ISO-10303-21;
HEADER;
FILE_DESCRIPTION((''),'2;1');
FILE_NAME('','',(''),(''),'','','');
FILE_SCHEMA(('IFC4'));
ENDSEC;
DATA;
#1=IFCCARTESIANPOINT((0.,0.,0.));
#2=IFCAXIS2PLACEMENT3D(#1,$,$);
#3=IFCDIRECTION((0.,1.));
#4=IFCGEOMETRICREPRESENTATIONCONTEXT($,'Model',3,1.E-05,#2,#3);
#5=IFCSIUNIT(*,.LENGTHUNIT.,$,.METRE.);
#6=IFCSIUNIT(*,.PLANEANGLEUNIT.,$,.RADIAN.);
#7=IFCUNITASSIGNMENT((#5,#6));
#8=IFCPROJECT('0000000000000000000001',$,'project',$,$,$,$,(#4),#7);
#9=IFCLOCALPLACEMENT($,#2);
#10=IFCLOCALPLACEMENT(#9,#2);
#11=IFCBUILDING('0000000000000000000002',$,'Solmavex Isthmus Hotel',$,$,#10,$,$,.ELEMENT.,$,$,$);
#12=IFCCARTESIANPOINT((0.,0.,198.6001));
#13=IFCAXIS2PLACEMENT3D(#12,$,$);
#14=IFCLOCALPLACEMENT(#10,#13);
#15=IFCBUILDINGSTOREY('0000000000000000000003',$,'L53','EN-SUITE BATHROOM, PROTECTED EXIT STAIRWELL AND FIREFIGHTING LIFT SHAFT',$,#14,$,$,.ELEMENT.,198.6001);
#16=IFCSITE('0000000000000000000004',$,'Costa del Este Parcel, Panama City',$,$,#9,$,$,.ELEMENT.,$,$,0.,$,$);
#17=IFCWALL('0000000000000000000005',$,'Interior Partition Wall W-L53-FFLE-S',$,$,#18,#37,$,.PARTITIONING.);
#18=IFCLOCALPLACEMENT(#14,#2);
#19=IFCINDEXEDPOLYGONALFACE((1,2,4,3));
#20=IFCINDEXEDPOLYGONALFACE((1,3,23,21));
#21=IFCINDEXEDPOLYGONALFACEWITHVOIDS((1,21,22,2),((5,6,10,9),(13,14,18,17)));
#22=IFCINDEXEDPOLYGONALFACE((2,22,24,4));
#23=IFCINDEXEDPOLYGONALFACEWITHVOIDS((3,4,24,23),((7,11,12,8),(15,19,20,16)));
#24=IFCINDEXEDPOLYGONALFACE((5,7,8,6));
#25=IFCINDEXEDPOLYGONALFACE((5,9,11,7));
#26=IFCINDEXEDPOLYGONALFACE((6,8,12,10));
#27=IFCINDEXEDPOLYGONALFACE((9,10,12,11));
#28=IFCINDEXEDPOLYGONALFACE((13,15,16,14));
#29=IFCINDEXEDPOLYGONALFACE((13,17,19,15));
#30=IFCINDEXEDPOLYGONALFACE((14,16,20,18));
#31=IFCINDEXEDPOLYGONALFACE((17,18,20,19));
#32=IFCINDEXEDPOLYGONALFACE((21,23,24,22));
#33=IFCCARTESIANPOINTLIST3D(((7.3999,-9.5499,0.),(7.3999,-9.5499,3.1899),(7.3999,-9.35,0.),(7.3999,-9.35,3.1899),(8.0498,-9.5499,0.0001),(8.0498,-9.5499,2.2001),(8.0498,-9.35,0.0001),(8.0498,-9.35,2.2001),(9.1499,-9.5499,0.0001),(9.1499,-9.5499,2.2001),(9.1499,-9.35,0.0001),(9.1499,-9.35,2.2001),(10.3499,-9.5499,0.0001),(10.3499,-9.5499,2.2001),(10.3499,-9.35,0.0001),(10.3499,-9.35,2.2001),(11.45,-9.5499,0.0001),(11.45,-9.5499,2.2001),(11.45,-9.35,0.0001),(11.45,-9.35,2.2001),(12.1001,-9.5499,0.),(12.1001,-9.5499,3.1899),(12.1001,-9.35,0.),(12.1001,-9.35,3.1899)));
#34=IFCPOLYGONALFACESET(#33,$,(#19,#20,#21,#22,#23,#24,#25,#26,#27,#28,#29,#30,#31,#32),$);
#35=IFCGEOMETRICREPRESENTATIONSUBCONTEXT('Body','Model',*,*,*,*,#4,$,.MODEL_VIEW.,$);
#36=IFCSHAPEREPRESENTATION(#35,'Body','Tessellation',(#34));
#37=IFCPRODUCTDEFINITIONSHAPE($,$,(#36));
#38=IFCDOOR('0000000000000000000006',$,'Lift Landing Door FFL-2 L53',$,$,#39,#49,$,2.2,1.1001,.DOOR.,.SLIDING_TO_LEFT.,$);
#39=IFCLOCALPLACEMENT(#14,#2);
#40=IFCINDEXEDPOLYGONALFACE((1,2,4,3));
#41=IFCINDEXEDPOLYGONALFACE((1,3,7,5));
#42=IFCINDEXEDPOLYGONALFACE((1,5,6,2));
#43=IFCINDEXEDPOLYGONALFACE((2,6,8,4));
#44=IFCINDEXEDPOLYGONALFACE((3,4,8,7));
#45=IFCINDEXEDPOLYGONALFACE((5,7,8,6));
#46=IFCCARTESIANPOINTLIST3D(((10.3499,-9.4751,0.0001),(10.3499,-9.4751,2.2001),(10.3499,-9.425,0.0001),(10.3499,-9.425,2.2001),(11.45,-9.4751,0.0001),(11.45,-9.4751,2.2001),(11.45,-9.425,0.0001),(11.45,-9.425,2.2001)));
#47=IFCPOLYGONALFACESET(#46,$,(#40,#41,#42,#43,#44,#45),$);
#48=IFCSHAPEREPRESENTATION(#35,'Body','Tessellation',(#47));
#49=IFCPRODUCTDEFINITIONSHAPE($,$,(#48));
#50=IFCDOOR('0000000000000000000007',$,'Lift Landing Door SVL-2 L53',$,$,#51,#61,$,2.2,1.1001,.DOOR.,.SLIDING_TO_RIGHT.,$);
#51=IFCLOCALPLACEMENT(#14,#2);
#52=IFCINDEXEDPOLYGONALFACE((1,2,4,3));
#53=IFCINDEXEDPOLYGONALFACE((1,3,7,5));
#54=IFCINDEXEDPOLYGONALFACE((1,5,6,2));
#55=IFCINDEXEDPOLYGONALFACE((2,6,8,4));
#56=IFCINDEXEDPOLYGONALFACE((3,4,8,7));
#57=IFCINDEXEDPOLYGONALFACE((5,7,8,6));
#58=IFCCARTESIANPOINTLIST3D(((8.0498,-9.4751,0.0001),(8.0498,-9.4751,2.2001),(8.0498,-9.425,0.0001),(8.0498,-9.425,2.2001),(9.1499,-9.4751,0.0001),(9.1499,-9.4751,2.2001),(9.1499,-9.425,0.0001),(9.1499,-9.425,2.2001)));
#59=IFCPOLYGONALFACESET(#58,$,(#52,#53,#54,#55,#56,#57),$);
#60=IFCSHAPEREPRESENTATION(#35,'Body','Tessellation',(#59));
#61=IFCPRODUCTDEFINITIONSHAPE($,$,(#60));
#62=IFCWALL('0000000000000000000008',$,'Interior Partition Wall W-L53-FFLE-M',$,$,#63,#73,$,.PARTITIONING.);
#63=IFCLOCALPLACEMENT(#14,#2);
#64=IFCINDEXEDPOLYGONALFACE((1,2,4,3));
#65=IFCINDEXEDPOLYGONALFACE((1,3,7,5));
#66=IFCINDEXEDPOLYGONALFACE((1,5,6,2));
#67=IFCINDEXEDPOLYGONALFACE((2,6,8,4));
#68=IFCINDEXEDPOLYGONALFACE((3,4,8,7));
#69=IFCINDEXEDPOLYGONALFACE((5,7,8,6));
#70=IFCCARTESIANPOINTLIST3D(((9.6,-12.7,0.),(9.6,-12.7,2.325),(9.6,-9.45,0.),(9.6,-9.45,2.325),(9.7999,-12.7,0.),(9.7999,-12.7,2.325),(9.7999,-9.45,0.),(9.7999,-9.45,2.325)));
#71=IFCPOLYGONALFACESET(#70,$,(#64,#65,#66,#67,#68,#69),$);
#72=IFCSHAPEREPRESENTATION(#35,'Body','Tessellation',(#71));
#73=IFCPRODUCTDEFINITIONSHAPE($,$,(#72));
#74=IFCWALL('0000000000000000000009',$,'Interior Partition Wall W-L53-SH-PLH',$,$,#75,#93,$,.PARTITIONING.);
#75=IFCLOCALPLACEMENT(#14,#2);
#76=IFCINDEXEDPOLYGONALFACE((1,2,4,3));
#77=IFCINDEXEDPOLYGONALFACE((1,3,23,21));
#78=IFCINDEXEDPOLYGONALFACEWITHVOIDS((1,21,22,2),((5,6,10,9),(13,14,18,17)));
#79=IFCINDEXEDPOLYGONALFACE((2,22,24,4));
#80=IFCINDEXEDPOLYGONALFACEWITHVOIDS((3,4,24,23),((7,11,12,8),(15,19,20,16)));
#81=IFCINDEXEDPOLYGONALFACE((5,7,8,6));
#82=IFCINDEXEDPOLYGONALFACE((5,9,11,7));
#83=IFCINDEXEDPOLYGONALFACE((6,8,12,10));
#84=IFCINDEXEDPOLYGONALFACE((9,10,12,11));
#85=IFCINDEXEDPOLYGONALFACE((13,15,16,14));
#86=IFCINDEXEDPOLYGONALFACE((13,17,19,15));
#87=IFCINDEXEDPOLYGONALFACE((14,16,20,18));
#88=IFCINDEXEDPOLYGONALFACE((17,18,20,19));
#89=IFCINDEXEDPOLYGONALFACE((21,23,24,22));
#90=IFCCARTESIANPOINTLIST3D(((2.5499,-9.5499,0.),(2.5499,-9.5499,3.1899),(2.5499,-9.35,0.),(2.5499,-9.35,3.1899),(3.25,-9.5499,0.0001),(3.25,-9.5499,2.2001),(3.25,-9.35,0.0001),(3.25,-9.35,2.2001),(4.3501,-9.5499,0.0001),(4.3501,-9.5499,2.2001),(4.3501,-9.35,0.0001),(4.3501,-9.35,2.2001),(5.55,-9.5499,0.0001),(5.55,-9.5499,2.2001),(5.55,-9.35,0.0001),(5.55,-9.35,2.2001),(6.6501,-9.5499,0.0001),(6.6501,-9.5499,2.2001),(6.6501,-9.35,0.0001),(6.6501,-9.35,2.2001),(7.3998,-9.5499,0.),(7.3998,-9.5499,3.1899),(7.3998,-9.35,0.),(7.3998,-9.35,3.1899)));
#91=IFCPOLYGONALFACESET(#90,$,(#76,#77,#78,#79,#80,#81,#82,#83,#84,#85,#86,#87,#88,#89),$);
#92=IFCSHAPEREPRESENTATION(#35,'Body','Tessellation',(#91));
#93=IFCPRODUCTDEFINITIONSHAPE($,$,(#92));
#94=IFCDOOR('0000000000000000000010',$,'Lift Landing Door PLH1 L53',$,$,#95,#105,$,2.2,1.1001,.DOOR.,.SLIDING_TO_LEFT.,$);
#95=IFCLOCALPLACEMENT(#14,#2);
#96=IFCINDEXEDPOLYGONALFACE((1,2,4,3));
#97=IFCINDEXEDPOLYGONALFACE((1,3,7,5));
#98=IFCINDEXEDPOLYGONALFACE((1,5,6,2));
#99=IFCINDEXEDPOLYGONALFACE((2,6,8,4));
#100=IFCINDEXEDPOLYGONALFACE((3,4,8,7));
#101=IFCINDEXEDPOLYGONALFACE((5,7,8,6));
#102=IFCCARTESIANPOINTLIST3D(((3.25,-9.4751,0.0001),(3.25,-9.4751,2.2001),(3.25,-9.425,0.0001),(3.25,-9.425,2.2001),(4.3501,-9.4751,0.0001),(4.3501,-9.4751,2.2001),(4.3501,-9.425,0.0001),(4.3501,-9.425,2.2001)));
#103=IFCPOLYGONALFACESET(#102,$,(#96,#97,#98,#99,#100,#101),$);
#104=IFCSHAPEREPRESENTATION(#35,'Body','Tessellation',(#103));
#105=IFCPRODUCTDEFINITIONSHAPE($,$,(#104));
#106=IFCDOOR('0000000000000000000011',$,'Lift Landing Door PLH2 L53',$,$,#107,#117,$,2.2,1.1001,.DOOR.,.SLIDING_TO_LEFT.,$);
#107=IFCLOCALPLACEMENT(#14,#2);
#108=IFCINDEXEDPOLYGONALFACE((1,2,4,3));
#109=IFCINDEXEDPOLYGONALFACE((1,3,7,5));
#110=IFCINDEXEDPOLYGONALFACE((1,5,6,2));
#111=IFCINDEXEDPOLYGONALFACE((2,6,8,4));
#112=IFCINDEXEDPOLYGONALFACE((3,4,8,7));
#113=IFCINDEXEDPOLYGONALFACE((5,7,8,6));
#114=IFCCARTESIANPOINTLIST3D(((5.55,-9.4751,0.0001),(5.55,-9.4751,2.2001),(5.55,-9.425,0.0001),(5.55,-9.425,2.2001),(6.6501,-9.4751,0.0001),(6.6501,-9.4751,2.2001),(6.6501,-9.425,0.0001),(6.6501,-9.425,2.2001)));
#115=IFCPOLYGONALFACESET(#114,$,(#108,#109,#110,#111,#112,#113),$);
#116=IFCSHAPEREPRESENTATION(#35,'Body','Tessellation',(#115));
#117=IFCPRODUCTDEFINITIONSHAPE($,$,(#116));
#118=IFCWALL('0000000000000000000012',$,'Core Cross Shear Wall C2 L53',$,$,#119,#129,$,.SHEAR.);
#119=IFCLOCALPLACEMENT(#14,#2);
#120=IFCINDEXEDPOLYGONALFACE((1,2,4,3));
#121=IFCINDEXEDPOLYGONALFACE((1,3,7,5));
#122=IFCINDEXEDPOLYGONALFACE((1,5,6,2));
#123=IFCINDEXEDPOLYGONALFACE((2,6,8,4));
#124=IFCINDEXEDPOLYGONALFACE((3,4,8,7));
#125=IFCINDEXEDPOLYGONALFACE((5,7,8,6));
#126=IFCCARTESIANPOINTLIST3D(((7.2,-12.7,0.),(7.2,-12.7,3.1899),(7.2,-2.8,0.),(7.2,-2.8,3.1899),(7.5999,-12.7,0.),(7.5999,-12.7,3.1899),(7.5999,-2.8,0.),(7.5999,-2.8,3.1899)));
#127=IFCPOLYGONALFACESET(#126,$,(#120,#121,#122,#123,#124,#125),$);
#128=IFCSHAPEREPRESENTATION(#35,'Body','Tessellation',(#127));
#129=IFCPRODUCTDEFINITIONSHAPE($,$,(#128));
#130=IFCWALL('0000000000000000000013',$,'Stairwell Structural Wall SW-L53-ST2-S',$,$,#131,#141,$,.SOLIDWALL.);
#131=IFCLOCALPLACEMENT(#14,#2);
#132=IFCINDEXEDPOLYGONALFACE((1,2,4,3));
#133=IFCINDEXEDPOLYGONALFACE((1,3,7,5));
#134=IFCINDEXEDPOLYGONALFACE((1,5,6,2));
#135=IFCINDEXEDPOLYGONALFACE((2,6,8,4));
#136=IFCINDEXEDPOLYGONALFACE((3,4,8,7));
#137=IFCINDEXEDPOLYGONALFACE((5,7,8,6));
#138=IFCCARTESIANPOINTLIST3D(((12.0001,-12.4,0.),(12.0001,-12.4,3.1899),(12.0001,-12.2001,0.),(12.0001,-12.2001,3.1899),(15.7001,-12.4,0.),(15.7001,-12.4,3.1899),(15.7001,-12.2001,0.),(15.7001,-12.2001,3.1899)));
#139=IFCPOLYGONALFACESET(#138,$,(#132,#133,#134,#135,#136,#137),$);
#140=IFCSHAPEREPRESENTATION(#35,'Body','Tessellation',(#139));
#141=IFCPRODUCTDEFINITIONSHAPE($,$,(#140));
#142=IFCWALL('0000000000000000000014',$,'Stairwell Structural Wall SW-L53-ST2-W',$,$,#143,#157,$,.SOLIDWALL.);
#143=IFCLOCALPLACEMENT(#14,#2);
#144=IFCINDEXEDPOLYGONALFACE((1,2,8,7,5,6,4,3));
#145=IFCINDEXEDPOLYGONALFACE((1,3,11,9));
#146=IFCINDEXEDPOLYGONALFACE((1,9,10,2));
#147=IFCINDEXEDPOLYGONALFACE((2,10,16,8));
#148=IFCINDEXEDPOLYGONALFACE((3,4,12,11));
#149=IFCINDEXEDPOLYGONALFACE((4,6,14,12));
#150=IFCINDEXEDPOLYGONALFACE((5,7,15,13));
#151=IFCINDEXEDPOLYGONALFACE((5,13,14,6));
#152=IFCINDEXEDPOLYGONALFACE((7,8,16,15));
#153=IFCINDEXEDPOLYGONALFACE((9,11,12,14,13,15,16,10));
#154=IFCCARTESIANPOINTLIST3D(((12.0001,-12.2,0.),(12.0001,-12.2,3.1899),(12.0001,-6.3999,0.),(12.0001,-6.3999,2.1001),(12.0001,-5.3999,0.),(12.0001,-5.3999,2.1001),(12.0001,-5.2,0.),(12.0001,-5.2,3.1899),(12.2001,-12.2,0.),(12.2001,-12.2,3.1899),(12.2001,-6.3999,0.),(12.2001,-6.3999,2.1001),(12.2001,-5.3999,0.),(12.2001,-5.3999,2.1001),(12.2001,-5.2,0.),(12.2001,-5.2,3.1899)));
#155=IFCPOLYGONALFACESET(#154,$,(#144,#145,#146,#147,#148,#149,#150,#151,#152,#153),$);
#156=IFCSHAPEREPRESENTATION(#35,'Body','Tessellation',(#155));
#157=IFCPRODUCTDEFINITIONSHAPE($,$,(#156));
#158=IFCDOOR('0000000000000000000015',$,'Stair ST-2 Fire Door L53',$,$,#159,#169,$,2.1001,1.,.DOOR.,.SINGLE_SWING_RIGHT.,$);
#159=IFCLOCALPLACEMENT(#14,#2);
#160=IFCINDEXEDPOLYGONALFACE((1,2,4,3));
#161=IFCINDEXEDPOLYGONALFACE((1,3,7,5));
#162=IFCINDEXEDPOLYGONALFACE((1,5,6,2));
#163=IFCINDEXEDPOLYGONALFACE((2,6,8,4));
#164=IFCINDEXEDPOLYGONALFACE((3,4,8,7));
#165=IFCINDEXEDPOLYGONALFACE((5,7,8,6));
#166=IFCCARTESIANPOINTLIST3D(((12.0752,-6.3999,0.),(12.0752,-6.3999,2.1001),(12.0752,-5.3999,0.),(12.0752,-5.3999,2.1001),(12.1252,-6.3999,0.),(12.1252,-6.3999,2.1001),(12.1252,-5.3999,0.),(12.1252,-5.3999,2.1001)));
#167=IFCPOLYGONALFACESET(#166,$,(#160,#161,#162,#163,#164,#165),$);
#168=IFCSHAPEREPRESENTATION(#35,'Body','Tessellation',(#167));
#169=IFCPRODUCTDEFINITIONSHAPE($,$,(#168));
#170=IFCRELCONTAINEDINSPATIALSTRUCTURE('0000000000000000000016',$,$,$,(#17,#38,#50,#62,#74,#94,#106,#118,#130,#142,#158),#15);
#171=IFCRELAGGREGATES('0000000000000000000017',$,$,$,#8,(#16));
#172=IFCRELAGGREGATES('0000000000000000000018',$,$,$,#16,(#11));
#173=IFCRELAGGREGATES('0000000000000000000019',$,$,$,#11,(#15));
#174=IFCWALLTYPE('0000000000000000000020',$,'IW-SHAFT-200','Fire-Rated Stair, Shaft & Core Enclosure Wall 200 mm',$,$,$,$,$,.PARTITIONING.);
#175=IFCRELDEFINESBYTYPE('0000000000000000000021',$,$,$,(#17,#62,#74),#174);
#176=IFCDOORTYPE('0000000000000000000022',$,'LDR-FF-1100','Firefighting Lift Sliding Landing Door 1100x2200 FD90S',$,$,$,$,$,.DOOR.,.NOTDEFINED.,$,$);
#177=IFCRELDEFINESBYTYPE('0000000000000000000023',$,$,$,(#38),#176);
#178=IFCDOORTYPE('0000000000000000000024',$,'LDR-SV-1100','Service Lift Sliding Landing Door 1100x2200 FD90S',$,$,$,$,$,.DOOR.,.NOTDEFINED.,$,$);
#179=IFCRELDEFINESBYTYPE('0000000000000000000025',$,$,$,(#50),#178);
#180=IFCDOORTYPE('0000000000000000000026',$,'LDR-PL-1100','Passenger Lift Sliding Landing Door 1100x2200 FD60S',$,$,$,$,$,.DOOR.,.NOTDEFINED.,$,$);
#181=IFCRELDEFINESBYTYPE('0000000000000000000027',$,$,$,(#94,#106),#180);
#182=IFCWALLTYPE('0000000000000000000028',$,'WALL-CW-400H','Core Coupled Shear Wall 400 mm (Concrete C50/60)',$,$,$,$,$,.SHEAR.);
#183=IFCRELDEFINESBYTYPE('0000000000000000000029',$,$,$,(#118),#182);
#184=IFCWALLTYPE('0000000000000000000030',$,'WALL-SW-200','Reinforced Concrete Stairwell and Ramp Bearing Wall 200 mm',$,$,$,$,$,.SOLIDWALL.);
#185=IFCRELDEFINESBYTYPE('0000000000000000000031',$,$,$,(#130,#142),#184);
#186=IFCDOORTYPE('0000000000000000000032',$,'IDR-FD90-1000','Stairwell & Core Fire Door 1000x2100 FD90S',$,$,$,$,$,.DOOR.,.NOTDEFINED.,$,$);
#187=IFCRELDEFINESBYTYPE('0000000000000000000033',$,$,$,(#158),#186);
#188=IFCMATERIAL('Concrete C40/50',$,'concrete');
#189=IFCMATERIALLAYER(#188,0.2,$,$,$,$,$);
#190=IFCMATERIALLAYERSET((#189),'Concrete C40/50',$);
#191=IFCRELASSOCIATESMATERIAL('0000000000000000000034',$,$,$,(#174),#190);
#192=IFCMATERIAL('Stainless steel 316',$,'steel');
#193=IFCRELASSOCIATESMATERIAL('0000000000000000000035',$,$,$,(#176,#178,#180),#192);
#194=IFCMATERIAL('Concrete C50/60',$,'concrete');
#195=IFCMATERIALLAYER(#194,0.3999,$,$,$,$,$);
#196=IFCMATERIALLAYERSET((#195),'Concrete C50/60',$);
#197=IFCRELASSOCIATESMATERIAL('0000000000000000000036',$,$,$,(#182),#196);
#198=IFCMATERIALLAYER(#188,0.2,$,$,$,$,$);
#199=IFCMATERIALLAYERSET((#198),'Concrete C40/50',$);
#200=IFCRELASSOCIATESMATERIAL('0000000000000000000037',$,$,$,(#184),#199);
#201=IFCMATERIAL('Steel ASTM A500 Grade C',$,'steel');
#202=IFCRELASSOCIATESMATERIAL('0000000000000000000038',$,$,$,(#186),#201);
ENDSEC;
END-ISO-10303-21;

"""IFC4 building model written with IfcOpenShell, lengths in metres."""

from ifc_helpers import new_model, si_unit, direction, frame, frame_2d, origin, place, context, subcontext, project, spatial, rectangle, extrude, material, layer, layer_set, type_object, element, fill, save


model = new_model("IFC4")

# Units and contexts
model_context = context("Model", 3, precision=1e-05, world=origin(), true_north=direction((0.0, 1.0)))
body_context = subcontext(model_context, "Body", "Model", "MODEL_VIEW")
ifc_project = project(units=[si_unit("LENGTHUNIT", "METRE"), si_unit("PLANEANGLEUNIT", "RADIAN")], contexts=[model_context])

# Site, building, storey
site_placement = place(None, origin())
site = spatial("IfcSite", under=ifc_project, at=site_placement, Name="Costa del Este Parcel, Panama City", CompositionType="ELEMENT", RefElevation=0.0)
building_placement = place(site_placement, origin())
building = spatial("IfcBuilding", under=site, at=building_placement, Name="Solmavex Isthmus Hotel", CompositionType="ELEMENT")
storey_placement = place(building_placement, frame((0.0, 0.0, 198.6001)))
storey = spatial("IfcBuildingStorey", under=building, at=storey_placement, Name="L53", Description="EN-SUITE BATHROOM, PROTECTED EXIT STAIRWELL AND FIREFIGHTING LIFT SHAFT", CompositionType="ELEMENT", Elevation=198.6001)

# Shared definitions
ifc_material_1 = material(Name="Concrete C50/60", Category="concrete")

# Shared definitions
ifc_material_2 = material(Name="Steel ASTM A500 Grade C", Category="steel")

# Shared definitions
ifc_material_3 = material(Name="Concrete C40/50", Category="concrete")

# Wall, openings, doors
ifc_layer_1 = layer(ifc_material_3, 0.2)
ifc_layer_set_1 = layer_set([ifc_layer_1], Name="Concrete C40/50")
wall_type_1 = type_object("IfcWallType", Name="IW-SHAFT-200", Description="Fire-Rated Stair, Shaft & Core Enclosure Wall 200 mm", PredefinedType="PARTITIONING", material=ifc_layer_set_1)
wall_1_placement = place(storey_placement, frame((7.3999, -9.45, 0.0), z_axis=(0.0, 0.0, 1.0), x_axis=(1.0, 0.0, 0.0)))
wall_1 = element("IfcWall", 1, at=wall_1_placement, inside=storey, type_object=wall_type_1, Name="Interior Partition Wall W-L53-FFLE-S", PredefinedType="PARTITIONING", context=body_context, shape_type="SweptSolid", body=[
    extrude(rectangle(XDim=4.7002, YDim=0.2, at=frame_2d((2.3501, 0.0))), origin(), (0.0, 0.0, 1.0), 3.1899),
])
opening_1_placement = place(wall_1_placement, frame((2.95, 0.0, 0.0)))
opening_1 = element("IfcOpeningElement", 2, at=opening_1_placement, cuts=wall_1, PredefinedType="OPENING", context=body_context, shape_type="SweptSolid", body=[
    extrude(rectangle(XDim=1.1001, YDim=2.2, at=frame_2d((0.55, 1.1001))), frame((0.0, 0.1099, 0.0), z_axis=(0.0, -1.0, 0.0), x_axis=(1.0, 0.0, 0.0)), (0.0, 0.0, 1.0), 0.22),
])
opening_2_placement = place(wall_1_placement, frame((0.6499, 0.0, 0.0)))
opening_2 = element("IfcOpeningElement", 3, at=opening_2_placement, cuts=wall_1, PredefinedType="OPENING", context=body_context, shape_type="SweptSolid", body=[
    extrude(rectangle(XDim=1.1001, YDim=2.2, at=frame_2d((0.55, 1.1001))), frame((0.0, 0.1099, 0.0), z_axis=(0.0, -1.0, 0.0), x_axis=(1.0, 0.0, 0.0)), (0.0, 0.0, 1.0), 0.22),
])
ifc_material_4 = material(Name="Stainless steel 316", Category="steel")
door_type_1 = type_object("IfcDoorType", Name="LDR-FF-1100", Description="Firefighting Lift Sliding Landing Door 1100x2200 FD90S", OperationType="NOTDEFINED", PredefinedType="DOOR", material=ifc_material_4)
door_1_placement = place(opening_1_placement, origin())
door_1 = element("IfcDoor", 4, at=door_1_placement, inside=storey, type_object=door_type_1, Name="Lift Landing Door FFL-2 L53", OperationType="SLIDING_TO_LEFT", OverallHeight=2.2, OverallWidth=1.1001, PredefinedType="DOOR", context=body_context, shape_type="SweptSolid", body=[
    extrude(rectangle(XDim=1.1001, YDim=2.2, at=frame_2d((0.55, 1.1001))), frame((0.0, 0.0249, 0.0), z_axis=(0.0, -1.0, 0.0), x_axis=(1.0, 0.0, 0.0)), (0.0, 0.0, 1.0), 0.05),
])
fill(opening_1, door_1)
door_type_2 = type_object("IfcDoorType", Name="LDR-SV-1100", Description="Service Lift Sliding Landing Door 1100x2200 FD90S", OperationType="NOTDEFINED", PredefinedType="DOOR", material=ifc_material_4)
door_2_placement = place(opening_2_placement, origin())
door_2 = element("IfcDoor", 5, at=door_2_placement, inside=storey, type_object=door_type_2, Name="Lift Landing Door SVL-2 L53", OperationType="SLIDING_TO_RIGHT", OverallHeight=2.2, OverallWidth=1.1001, PredefinedType="DOOR", context=body_context, shape_type="SweptSolid", body=[
    extrude(rectangle(XDim=1.1001, YDim=2.2, at=frame_2d((0.55, 1.1001))), frame((0.0, 0.0249, 0.0), z_axis=(0.0, -1.0, 0.0), x_axis=(1.0, 0.0, 0.0)), (0.0, 0.0, 1.0), 0.05),
])
fill(opening_2, door_2)

# Wall
wall_2_placement = place(storey_placement, frame((9.7, -12.7, 0.0), z_axis=(0.0, 0.0, 1.0), x_axis=(0.0, 1.0, 0.0)))
element("IfcWall", 6, at=wall_2_placement, inside=storey, type_object=wall_type_1, Name="Interior Partition Wall W-L53-FFLE-M", PredefinedType="PARTITIONING", context=body_context, shape_type="SweptSolid", body=[
    extrude(rectangle(XDim=3.25, YDim=0.2, at=frame_2d((1.625, 0.0))), origin(), (0.0, 0.0, 1.0), 2.325),
])

# Wall, openings, doors
wall_3_placement = place(storey_placement, frame((2.55, -9.45, 0.0), z_axis=(0.0, 0.0, 1.0), x_axis=(1.0, 0.0, 0.0)))
wall_3 = element("IfcWall", 7, at=wall_3_placement, inside=storey, type_object=wall_type_1, Name="Interior Partition Wall W-L53-SH-PLH", PredefinedType="PARTITIONING", context=body_context, shape_type="SweptSolid", body=[
    extrude(rectangle(XDim=4.8499, YDim=0.2, at=frame_2d((2.4248, 0.0))), origin(), (0.0, 0.0, 1.0), 3.1899),
])
opening_3_placement = place(wall_3_placement, frame((0.7, 0.0, 0.0)))
opening_3 = element("IfcOpeningElement", 8, at=opening_3_placement, cuts=wall_3, PredefinedType="OPENING", context=body_context, shape_type="SweptSolid", body=[
    extrude(rectangle(XDim=1.1001, YDim=2.2, at=frame_2d((0.55, 1.1001))), frame((0.0, 0.1099, 0.0), z_axis=(0.0, -1.0, 0.0), x_axis=(1.0, 0.0, 0.0)), (0.0, 0.0, 1.0), 0.22),
])
opening_4_placement = place(wall_3_placement, frame((3.0, 0.0, 0.0)))
opening_4 = element("IfcOpeningElement", 9, at=opening_4_placement, cuts=wall_3, PredefinedType="OPENING", context=body_context, shape_type="SweptSolid", body=[
    extrude(rectangle(XDim=1.1001, YDim=2.2, at=frame_2d((0.55, 1.1001))), frame((0.0, 0.1099, 0.0), z_axis=(0.0, -1.0, 0.0), x_axis=(1.0, 0.0, 0.0)), (0.0, 0.0, 1.0), 0.22),
])
door_type_3 = type_object("IfcDoorType", Name="LDR-PL-1100", Description="Passenger Lift Sliding Landing Door 1100x2200 FD60S", OperationType="NOTDEFINED", PredefinedType="DOOR", material=ifc_material_4)
door_3_placement = place(opening_3_placement, origin())
door_3 = element("IfcDoor", 10, at=door_3_placement, inside=storey, type_object=door_type_3, Name="Lift Landing Door PLH1 L53", OperationType="SLIDING_TO_LEFT", OverallHeight=2.2, OverallWidth=1.1001, PredefinedType="DOOR", context=body_context, shape_type="SweptSolid", body=[
    extrude(rectangle(XDim=1.1001, YDim=2.2, at=frame_2d((0.55, 1.1001))), frame((0.0, 0.0249, 0.0), z_axis=(0.0, -1.0, 0.0), x_axis=(1.0, 0.0, 0.0)), (0.0, 0.0, 1.0), 0.05),
])
fill(opening_3, door_3)
door_4_placement = place(opening_4_placement, origin())
door_4 = element("IfcDoor", 11, at=door_4_placement, inside=storey, type_object=door_type_3, Name="Lift Landing Door PLH2 L53", OperationType="SLIDING_TO_LEFT", OverallHeight=2.2, OverallWidth=1.1001, PredefinedType="DOOR", context=body_context, shape_type="SweptSolid", body=[
    extrude(rectangle(XDim=1.1001, YDim=2.2, at=frame_2d((0.55, 1.1001))), frame((0.0, 0.0249, 0.0), z_axis=(0.0, -1.0, 0.0), x_axis=(1.0, 0.0, 0.0)), (0.0, 0.0, 1.0), 0.05),
])
fill(opening_4, door_4)

# Walls
ifc_layer_2 = layer(ifc_material_1, 0.3999)
ifc_layer_set_2 = layer_set([ifc_layer_2], Name="Concrete C50/60")
wall_type_2 = type_object("IfcWallType", Name="WALL-CW-400H", Description="Core Coupled Shear Wall 400 mm (Concrete C50/60)", PredefinedType="SHEAR", material=ifc_layer_set_2)
wall_4_placement = place(storey_placement, frame((7.3999, -12.7, 0.0), z_axis=(0.0, 0.0, 1.0), x_axis=(0.0, 1.0, 0.0)))
element("IfcWall", 12, at=wall_4_placement, inside=storey, type_object=wall_type_2, Name="Core Cross Shear Wall C2 L53", PredefinedType="SHEAR", context=body_context, shape_type="SweptSolid", body=[
    extrude(rectangle(XDim=9.8999, YDim=0.3999, at=frame_2d((4.95, 0.0))), origin(), (0.0, 0.0, 1.0), 3.1899),
])
ifc_layer_3 = layer(ifc_material_3, 0.2)
ifc_layer_set_3 = layer_set([ifc_layer_3], Name="Concrete C40/50")
wall_type_3 = type_object("IfcWallType", Name="WALL-SW-200", Description="Reinforced Concrete Stairwell and Ramp Bearing Wall 200 mm", PredefinedType="SOLIDWALL", material=ifc_layer_set_3)
wall_5_placement = place(storey_placement, frame((12.0, -12.3, 0.0), z_axis=(0.0, 0.0, 1.0), x_axis=(1.0, 0.0, 0.0)))
element("IfcWall", 13, at=wall_5_placement, inside=storey, type_object=wall_type_3, Name="Stairwell Structural Wall SW-L53-ST2-S", PredefinedType="SOLIDWALL", context=body_context, shape_type="SweptSolid", body=[
    extrude(rectangle(XDim=3.7, YDim=0.2, at=frame_2d((1.8501, 0.0))), origin(), (0.0, 0.0, 1.0), 3.1899),
])

# Wall, opening, door
wall_6_placement = place(storey_placement, frame((12.1001, -12.2, 0.0), z_axis=(0.0, 0.0, 1.0), x_axis=(0.0, 1.0, 0.0)))
wall_6 = element("IfcWall", 14, at=wall_6_placement, inside=storey, type_object=wall_type_3, Name="Stairwell Structural Wall SW-L53-ST2-W", PredefinedType="SOLIDWALL", context=body_context, shape_type="SweptSolid", body=[
    extrude(rectangle(XDim=7.0, YDim=0.2, at=frame_2d((3.5, 0.0))), origin(), (0.0, 0.0, 1.0), 3.1899),
])
opening_5_placement = place(wall_6_placement, frame((5.8, 0.0, 0.0)))
opening_5 = element("IfcOpeningElement", 15, at=opening_5_placement, cuts=wall_6, PredefinedType="OPENING", context=body_context, shape_type="SweptSolid", body=[
    extrude(rectangle(XDim=1.0, YDim=2.1001, at=frame_2d((0.5, 1.05))), frame((0.0, 0.1099, 0.0), z_axis=(0.0, -1.0, 0.0), x_axis=(1.0, 0.0, 0.0)), (0.0, 0.0, 1.0), 0.22),
])
door_type_4 = type_object("IfcDoorType", Name="IDR-FD90-1000", Description="Stairwell & Core Fire Door 1000x2100 FD90S", OperationType="NOTDEFINED", PredefinedType="DOOR", material=ifc_material_2)
door_5_placement = place(opening_5_placement, origin())
door_5 = element("IfcDoor", 16, at=door_5_placement, inside=storey, type_object=door_type_4, Name="Stair ST-2 Fire Door L53", OperationType="SINGLE_SWING_RIGHT", OverallHeight=2.1001, OverallWidth=1.0, PredefinedType="DOOR", context=body_context, shape_type="SweptSolid", body=[
    extrude(rectangle(XDim=1.0, YDim=2.1001, at=frame_2d((0.5, 1.05))), frame((0.0, 0.0249, 0.0), z_axis=(0.0, -1.0, 0.0), x_axis=(1.0, 0.0, 0.0)), (0.0, 0.0, 1.0), 0.05),
])
fill(opening_5, door_5)

save(model, "model.ifc")
